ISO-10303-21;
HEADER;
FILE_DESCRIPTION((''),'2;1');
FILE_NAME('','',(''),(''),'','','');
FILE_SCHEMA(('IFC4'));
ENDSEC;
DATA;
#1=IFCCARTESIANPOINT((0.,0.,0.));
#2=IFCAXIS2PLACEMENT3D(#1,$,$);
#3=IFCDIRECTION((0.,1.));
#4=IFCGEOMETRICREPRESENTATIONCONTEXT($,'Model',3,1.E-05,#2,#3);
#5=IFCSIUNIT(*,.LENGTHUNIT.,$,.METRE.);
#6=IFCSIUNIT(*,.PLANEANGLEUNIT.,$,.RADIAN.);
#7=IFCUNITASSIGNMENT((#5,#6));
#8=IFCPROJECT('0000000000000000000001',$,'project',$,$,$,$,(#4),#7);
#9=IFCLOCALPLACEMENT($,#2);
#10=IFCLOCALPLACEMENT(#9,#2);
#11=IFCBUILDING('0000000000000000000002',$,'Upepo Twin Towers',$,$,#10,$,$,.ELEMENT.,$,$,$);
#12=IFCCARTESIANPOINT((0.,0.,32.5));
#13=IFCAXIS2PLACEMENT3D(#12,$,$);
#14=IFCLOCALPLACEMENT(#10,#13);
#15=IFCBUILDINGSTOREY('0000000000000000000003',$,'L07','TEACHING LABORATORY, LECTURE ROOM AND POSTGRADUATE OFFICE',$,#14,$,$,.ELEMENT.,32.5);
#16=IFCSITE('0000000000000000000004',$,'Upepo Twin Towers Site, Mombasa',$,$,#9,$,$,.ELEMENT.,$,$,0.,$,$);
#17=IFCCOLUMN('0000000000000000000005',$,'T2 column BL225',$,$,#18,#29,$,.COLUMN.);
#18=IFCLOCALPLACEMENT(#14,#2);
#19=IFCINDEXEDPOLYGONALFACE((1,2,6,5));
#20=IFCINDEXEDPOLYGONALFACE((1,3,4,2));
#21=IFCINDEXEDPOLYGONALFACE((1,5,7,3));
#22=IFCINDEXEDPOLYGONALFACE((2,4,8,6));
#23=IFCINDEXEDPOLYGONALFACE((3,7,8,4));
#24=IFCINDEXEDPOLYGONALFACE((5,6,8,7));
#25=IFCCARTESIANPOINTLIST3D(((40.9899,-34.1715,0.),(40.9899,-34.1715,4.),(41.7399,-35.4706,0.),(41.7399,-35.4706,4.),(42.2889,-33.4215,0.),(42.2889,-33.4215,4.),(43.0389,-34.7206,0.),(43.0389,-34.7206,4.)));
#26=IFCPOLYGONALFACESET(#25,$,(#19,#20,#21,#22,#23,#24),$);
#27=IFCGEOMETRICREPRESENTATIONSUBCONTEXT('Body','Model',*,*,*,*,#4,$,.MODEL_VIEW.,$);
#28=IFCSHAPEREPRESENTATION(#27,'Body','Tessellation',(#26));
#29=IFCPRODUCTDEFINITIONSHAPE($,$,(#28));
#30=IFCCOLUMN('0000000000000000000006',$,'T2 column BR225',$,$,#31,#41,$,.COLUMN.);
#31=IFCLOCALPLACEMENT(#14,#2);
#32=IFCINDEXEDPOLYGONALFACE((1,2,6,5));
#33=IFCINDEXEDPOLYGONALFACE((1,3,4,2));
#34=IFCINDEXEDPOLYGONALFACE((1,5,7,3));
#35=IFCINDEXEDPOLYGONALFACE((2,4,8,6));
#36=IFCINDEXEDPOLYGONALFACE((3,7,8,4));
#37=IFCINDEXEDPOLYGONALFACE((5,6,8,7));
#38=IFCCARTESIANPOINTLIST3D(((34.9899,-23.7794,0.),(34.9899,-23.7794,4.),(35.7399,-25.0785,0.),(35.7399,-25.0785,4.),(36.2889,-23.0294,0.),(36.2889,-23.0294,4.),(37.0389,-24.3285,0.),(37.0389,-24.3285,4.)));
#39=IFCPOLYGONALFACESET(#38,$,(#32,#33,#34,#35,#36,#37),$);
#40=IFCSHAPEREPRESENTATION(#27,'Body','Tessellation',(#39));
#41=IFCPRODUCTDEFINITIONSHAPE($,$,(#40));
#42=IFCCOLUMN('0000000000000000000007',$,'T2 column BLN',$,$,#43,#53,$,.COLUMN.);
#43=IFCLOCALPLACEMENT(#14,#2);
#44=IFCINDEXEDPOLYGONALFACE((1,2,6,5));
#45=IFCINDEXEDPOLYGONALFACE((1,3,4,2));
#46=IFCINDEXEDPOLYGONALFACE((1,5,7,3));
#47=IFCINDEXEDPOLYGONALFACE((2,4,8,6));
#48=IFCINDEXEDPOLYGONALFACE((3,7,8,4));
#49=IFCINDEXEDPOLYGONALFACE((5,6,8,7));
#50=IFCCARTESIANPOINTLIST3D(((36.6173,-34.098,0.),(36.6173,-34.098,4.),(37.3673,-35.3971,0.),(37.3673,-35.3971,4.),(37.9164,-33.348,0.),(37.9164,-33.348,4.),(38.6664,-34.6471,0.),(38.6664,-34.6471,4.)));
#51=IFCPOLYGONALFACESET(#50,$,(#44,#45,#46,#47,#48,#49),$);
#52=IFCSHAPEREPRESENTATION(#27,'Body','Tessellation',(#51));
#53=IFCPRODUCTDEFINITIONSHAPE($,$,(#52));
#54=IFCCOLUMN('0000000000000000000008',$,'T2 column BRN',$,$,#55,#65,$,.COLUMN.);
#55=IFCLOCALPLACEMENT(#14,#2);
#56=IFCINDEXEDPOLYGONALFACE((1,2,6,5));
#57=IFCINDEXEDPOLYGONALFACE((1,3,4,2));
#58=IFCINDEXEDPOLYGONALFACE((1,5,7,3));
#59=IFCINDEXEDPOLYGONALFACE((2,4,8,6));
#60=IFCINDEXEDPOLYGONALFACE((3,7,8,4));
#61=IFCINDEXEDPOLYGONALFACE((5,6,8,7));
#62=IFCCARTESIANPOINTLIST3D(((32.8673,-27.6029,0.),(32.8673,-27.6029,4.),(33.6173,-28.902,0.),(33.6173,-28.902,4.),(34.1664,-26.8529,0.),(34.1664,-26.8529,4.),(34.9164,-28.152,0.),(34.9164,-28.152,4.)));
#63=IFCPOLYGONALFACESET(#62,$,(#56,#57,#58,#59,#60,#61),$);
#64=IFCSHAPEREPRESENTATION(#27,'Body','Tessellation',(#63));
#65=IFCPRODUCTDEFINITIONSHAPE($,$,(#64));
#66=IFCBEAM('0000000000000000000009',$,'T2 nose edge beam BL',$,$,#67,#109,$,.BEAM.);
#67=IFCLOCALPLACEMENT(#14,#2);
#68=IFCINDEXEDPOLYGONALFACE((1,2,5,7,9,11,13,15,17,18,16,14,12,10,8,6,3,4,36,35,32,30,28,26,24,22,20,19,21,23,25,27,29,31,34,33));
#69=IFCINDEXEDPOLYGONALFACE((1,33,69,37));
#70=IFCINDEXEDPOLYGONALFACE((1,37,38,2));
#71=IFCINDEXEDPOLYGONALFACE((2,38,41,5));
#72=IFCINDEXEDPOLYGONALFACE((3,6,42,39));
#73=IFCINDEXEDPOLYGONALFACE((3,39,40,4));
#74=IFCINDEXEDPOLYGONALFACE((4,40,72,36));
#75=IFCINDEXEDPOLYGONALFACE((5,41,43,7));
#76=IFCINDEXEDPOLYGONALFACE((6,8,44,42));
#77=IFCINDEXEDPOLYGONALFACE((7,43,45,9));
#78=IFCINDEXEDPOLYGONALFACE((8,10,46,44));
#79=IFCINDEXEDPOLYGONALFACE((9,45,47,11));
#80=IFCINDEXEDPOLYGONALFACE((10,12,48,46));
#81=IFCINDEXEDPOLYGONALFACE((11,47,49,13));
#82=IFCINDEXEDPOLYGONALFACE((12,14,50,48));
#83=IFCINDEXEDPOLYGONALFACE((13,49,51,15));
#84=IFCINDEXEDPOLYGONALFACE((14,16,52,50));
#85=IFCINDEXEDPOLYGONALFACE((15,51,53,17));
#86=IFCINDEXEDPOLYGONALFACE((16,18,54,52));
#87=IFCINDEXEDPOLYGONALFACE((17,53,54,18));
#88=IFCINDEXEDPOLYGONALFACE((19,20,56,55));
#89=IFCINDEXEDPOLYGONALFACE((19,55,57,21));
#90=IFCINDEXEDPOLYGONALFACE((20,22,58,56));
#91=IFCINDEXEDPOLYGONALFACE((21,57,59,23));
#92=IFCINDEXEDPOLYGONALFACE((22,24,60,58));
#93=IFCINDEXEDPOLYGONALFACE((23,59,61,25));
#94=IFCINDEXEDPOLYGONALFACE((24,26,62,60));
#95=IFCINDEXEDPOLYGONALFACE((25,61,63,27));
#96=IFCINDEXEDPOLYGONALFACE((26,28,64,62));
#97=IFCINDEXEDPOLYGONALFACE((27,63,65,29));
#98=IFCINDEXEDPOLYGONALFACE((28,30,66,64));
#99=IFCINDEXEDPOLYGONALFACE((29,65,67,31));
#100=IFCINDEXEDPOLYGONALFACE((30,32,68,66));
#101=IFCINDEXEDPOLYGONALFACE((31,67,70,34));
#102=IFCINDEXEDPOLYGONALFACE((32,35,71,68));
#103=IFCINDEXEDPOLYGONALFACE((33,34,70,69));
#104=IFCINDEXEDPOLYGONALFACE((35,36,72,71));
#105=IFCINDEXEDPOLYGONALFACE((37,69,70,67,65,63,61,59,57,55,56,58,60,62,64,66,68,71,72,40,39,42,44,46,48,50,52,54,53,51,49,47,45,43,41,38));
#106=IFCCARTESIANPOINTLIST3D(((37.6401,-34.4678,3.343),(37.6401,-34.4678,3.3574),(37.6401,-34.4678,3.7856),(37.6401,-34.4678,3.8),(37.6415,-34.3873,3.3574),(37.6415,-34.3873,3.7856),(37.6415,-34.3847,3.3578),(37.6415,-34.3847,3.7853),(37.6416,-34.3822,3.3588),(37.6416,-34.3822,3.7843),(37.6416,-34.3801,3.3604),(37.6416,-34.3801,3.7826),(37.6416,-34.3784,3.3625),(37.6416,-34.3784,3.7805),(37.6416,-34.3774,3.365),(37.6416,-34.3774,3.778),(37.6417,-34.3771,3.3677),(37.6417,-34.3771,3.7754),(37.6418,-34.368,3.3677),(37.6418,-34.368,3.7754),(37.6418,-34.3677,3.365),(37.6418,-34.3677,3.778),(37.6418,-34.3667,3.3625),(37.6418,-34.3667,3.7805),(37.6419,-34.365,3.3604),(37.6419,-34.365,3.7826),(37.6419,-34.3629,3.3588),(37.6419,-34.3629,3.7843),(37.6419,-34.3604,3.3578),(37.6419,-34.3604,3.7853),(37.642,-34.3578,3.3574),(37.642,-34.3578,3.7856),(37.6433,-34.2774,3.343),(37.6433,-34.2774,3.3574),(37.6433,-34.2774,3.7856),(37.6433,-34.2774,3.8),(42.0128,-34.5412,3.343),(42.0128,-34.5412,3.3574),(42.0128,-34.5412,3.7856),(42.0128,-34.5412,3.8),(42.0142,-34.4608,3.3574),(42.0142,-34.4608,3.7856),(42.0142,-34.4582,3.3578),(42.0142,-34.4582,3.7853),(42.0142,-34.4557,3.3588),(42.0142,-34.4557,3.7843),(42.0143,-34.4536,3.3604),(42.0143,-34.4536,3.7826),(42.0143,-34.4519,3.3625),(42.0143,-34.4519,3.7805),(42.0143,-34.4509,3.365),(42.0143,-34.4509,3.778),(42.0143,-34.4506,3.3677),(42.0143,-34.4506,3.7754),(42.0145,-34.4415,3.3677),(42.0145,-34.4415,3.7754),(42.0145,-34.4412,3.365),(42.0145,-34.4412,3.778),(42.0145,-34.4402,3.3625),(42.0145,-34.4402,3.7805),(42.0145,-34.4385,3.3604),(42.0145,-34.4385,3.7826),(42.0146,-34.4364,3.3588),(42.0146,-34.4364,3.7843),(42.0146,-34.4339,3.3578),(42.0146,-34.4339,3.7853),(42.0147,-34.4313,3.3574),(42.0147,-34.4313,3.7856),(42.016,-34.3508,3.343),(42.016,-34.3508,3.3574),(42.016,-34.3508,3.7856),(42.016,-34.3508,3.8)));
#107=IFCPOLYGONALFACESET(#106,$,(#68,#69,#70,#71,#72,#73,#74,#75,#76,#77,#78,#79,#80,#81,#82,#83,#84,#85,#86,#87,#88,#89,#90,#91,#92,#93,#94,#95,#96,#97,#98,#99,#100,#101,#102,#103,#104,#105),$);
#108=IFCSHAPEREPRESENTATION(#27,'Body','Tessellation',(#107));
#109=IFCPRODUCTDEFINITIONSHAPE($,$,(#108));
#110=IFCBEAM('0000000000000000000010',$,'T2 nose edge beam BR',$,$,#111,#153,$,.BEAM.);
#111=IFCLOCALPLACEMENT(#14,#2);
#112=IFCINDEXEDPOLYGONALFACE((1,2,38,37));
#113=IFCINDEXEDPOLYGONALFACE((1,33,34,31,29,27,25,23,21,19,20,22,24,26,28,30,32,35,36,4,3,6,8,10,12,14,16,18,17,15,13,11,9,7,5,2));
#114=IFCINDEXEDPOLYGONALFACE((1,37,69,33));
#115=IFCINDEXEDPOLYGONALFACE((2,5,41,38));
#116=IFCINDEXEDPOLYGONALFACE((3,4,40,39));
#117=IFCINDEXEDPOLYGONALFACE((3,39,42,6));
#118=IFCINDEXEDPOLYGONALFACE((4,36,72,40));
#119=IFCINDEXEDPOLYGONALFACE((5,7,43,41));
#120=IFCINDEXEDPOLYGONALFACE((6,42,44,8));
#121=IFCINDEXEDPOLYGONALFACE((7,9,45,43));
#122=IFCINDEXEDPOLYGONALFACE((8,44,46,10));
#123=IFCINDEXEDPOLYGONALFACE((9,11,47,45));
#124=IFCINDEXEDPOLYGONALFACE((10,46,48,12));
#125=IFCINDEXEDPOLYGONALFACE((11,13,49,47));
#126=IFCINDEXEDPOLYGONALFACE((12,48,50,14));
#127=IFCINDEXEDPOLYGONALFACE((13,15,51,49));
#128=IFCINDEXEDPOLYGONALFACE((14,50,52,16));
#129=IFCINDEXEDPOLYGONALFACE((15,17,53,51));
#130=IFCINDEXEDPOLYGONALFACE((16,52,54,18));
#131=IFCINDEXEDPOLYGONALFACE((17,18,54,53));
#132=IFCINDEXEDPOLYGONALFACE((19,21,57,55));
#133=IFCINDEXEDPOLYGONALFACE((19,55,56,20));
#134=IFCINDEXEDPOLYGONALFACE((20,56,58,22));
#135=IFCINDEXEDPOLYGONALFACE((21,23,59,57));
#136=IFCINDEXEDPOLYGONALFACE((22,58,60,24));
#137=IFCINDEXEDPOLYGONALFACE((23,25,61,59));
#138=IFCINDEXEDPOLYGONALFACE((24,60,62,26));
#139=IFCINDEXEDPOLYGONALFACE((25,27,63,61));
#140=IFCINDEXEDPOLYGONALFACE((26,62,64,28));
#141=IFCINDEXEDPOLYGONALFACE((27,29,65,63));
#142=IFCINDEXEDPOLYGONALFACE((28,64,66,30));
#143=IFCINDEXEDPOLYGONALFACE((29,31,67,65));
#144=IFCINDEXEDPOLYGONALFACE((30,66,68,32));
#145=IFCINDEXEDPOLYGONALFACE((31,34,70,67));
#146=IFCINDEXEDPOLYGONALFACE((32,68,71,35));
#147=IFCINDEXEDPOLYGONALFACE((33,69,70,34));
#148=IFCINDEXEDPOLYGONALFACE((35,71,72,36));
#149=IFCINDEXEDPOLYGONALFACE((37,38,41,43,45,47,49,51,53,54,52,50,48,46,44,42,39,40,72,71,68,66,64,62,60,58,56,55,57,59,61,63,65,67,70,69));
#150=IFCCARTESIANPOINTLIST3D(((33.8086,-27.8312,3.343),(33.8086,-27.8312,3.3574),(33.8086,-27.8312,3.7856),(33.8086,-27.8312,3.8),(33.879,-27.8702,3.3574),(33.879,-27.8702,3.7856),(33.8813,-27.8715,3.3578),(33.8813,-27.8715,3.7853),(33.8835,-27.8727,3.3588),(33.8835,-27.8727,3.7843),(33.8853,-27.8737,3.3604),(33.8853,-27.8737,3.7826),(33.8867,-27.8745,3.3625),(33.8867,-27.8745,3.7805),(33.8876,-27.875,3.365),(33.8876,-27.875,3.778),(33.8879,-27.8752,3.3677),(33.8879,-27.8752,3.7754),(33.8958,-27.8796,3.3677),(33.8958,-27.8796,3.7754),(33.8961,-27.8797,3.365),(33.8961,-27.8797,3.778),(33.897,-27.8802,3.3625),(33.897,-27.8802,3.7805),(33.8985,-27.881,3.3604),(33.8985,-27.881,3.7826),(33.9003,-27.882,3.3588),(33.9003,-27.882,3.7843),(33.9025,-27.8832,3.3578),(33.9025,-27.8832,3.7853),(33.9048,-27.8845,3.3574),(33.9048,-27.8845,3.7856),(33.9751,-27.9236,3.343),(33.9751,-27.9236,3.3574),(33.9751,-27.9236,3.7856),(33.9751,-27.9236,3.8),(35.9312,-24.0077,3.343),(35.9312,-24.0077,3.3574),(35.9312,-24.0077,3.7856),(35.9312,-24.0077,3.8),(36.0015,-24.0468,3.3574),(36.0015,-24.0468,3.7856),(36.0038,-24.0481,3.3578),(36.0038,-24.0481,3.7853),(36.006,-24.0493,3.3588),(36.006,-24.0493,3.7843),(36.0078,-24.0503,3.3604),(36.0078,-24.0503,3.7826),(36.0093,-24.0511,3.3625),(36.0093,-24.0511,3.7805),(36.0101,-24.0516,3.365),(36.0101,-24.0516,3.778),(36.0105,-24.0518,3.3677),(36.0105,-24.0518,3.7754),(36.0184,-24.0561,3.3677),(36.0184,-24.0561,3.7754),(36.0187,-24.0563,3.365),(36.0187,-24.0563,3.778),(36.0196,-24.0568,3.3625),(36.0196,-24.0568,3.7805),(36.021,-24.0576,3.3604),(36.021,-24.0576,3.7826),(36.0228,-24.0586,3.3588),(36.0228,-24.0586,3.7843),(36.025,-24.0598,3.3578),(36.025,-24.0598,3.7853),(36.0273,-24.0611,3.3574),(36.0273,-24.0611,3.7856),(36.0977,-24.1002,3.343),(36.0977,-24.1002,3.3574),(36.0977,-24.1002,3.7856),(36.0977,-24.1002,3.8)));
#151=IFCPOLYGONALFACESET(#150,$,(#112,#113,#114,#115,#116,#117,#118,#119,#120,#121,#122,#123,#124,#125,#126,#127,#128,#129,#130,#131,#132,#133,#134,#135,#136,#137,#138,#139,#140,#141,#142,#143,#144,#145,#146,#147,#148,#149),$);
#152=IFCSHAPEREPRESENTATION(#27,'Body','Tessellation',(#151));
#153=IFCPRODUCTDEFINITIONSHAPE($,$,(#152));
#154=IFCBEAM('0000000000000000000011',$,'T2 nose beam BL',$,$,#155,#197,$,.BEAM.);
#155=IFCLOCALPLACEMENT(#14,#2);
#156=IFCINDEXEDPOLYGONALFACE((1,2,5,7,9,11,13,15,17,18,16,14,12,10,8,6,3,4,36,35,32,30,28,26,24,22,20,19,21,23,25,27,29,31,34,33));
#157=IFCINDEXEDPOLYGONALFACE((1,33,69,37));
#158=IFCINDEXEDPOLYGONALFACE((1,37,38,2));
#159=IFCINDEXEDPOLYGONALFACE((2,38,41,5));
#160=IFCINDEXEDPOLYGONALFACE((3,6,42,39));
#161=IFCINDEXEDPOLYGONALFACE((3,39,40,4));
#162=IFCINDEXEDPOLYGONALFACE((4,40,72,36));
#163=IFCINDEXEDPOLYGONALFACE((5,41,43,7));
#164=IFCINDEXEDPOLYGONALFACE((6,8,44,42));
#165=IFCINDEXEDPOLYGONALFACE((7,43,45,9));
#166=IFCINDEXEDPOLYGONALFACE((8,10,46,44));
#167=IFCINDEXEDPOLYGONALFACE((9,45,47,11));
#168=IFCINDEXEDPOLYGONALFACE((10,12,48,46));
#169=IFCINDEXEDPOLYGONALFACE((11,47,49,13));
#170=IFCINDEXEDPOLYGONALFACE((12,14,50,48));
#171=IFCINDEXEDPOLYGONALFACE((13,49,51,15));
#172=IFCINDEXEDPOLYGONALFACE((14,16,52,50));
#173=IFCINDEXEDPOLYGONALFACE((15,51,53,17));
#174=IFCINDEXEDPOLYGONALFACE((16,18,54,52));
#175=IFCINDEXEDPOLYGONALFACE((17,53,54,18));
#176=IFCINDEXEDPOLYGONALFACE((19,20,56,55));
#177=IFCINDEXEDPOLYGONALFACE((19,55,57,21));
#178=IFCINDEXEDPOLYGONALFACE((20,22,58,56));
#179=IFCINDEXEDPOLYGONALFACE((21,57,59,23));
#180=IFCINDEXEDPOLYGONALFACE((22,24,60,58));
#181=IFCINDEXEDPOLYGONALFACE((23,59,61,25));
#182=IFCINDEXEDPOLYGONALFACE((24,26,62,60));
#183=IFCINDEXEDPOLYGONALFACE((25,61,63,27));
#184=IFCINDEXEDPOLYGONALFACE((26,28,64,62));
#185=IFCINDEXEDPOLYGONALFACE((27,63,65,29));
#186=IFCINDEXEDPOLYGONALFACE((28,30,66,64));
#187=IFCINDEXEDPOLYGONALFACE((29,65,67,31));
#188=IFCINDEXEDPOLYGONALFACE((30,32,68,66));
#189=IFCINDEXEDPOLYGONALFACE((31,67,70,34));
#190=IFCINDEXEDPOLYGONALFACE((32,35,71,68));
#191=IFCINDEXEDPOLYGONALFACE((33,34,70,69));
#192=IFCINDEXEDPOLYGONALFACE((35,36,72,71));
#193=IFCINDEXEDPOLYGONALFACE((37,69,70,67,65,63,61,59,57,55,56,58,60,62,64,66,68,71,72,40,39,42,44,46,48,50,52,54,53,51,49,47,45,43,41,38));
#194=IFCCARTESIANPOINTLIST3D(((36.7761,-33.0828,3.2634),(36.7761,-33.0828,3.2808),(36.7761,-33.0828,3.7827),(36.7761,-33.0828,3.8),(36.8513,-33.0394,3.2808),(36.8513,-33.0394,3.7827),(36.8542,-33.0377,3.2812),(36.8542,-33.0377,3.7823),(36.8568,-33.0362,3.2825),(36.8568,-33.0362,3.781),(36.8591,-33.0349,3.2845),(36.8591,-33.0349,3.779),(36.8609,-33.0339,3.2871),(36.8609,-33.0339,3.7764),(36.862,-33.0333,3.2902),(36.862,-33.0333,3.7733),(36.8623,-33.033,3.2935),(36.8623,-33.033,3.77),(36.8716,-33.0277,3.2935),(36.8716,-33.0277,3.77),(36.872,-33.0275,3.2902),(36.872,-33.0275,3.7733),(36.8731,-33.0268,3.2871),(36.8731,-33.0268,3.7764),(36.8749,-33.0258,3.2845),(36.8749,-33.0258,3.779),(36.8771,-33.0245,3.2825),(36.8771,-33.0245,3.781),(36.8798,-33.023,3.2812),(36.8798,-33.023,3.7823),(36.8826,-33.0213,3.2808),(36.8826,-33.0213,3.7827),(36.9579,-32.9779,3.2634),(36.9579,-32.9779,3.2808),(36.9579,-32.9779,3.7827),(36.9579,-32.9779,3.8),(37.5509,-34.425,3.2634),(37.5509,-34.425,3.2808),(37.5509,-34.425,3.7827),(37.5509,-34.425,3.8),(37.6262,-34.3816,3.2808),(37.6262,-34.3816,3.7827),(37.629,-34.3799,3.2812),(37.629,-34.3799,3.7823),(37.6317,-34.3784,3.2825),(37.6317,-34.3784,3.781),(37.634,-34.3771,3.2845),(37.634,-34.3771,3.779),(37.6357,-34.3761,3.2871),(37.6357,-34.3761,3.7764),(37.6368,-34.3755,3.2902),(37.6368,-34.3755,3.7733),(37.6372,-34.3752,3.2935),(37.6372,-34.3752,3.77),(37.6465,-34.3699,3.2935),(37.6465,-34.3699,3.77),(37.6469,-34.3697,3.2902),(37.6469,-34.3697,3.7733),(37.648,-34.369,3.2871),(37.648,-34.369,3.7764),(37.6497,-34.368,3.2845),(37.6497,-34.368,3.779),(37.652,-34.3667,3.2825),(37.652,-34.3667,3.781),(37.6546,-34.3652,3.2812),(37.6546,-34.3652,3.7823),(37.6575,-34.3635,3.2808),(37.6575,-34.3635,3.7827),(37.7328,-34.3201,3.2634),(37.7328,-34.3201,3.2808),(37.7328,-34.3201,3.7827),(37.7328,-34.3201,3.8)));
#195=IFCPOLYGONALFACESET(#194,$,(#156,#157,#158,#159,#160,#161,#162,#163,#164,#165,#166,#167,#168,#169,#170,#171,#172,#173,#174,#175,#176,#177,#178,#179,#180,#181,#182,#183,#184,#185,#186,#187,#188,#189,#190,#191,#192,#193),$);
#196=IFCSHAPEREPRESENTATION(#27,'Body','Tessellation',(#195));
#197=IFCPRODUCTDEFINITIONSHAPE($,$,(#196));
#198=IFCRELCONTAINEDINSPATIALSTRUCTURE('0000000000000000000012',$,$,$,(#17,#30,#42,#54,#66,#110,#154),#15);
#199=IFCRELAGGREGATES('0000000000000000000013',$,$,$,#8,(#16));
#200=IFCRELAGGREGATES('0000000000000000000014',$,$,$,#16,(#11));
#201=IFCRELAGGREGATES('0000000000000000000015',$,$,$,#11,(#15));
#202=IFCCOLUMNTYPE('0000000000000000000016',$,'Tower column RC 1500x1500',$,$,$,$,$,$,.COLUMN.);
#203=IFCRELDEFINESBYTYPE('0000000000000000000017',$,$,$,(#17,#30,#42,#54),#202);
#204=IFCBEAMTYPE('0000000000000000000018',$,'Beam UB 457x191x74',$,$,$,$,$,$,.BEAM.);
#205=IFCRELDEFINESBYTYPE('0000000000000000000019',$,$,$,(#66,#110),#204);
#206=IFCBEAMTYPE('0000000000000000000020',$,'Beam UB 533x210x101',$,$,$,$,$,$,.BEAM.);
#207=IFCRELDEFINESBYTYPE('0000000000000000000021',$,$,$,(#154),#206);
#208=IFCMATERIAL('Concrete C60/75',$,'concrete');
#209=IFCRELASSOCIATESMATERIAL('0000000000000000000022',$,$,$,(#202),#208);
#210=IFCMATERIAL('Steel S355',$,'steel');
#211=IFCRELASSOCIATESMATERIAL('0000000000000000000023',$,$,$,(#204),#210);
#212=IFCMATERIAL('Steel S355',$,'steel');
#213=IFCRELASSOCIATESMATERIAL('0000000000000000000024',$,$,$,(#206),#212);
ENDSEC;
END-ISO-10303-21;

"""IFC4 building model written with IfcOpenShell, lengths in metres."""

from ifc_helpers import new_model, si_unit, direction, frame, origin, origin_2d, place, context, subcontext, project, spatial, rectangle, i_section, extrude, material, material_profile, profile_set, type_object, element, save


model = new_model("IFC4")

# Units and contexts
model_context = context("Model", 3, precision=1e-05, world=origin(), true_north=direction((0.0, 1.0)))
body_context = subcontext(model_context, "Body", "Model", "MODEL_VIEW")
ifc_project = project(units=[si_unit("LENGTHUNIT", "METRE"), si_unit("PLANEANGLEUNIT", "RADIAN")], contexts=[model_context])

# Site, building, storey
site_placement = place(None, origin())
site = spatial("IfcSite", under=ifc_project, at=site_placement, Name="Upepo Twin Towers Site, Mombasa", CompositionType="ELEMENT", RefElevation=0.0)
building_placement = place(site_placement, origin())
building = spatial("IfcBuilding", under=site, at=building_placement, Name="Upepo Twin Towers", CompositionType="ELEMENT")
storey_placement = place(building_placement, frame((0.0, 0.0, 32.5)))
storey = spatial("IfcBuildingStorey", under=building, at=storey_placement, Name="L07", Description="TEACHING LABORATORY, LECTURE ROOM AND POSTGRADUATE OFFICE", CompositionType="ELEMENT", Elevation=32.5)

# Columns
ifc_material_1 = material(Name="Concrete C60/75", Category="concrete")
ifc_material_profile_1 = material_profile(ifc_material_1, rectangle(XDim=1.5, YDim=1.5, at=origin_2d()), Name="RC 1500x1500")
ifc_profile_set_1 = profile_set([ifc_material_profile_1], Name="Concrete C60/75")
column_type = type_object("IfcColumnType", Name="Tower column RC 1500x1500", PredefinedType="COLUMN", material=ifc_profile_set_1)
for number, where, z_axis, x_axis, name in (
    (1, (42.0144, -34.446, 0.0), (0.0, 0.0, 1.0), (0.866025, 0.5, 0.0), "T2 column BL225"),
    (2, (36.0144, -24.054, 0.0), (0.0, 0.0, 1.0), (0.866025, 0.5, 0.0), "T2 column BR225"),
    (3, (37.6418, -34.3726, 0.0), (0.0, 0.0, 1.0), (0.866025, 0.5, 0.0), "T2 column BLN"),
    (4, (33.8918, -27.8774, 0.0), (0.0, 0.0, 1.0), (0.866025, 0.5, 0.0), "T2 column BRN"),
):
    element("IfcColumn", number, at=place(storey_placement, frame(where, z_axis=z_axis, x_axis=x_axis)), inside=storey, type_object=column_type, Name=name, PredefinedType="COLUMN", context=body_context, shape_type="SweptSolid", body=[
        extrude(rectangle(XDim=1.5, YDim=1.5, at=origin_2d()), origin(), (0.0, 0.0, 1.0), 4.0),
    ])

# Beams
ifc_material_2 = material(Name="Steel S355", Category="steel")
ifc_material_profile_2 = material_profile(ifc_material_2, i_section(OverallWidth=0.1904, OverallDepth=0.457, WebThickness=0.009, FlangeThickness=0.0144, FilletRadius=0.0103, at=origin_2d()), Name="UB 457x191x74")
ifc_profile_set_2 = profile_set([ifc_material_profile_2], Name="Steel S355")
beam_type_1 = type_object("IfcBeamType", Name="Beam UB 457x191x74", PredefinedType="BEAM", material=ifc_profile_set_2)
beam_1_placement = place(storey_placement, frame((42.0144, -34.446, 3.5715), z_axis=(-0.999859, 0.016804, 0.0), x_axis=(-0.016804, -0.999859, 0.0)))
element("IfcBeam", 5, at=beam_1_placement, inside=storey, type_object=beam_type_1, Name="T2 nose edge beam BL", PredefinedType="BEAM", context=body_context, shape_type="SweptSolid", body=[
    extrude(i_section(OverallWidth=0.1904, OverallDepth=0.457, WebThickness=0.009, FlangeThickness=0.0144, FilletRadius=0.0103, at=origin_2d()), origin(), (0.0, 0.0, 1.0), 4.3733),
])
beam_2_placement = place(storey_placement, frame((36.0144, -24.054, 3.5715), z_axis=(-0.485363, -0.874313, 0.0), x_axis=(0.874313, -0.485363, 0.0)))
element("IfcBeam", 6, at=beam_2_placement, inside=storey, type_object=beam_type_1, Name="T2 nose edge beam BR", PredefinedType="BEAM", context=body_context, shape_type="SweptSolid", body=[
    extrude(i_section(OverallWidth=0.1904, OverallDepth=0.457, WebThickness=0.009, FlangeThickness=0.0144, FilletRadius=0.0103, at=origin_2d()), origin(), (0.0, 0.0, 1.0), 4.373),
])
ifc_material_3 = material(Name="Steel S355", Category="steel")
ifc_material_profile_3 = material_profile(ifc_material_3, i_section(OverallWidth=0.21, OverallDepth=0.5366, WebThickness=0.0107, FlangeThickness=0.0173, FilletRadius=0.0127, at=origin_2d()), Name="UB 533x210x101")
ifc_profile_set_3 = profile_set([ifc_material_profile_3], Name="Steel S355")
beam_type_2 = type_object("IfcBeamType", Name="Beam UB 533x210x101", PredefinedType="BEAM", material=ifc_profile_set_3)
for number, where, z_axis, x_axis, name in (
    (7, (37.6418, -34.3726, 3.5317), (-0.499968, 0.866044, 0.0), (-0.866044, -0.499968, 0.0), "T2 nose beam BL"),
):
    element("IfcBeam", number, at=place(storey_placement, frame(where, z_axis=z_axis, x_axis=x_axis)), inside=storey, type_object=beam_type_2, Name=name, PredefinedType="BEAM", context=body_context, shape_type="SweptSolid", body=[
        extrude(i_section(OverallWidth=0.21, OverallDepth=0.5366, WebThickness=0.0107, FlangeThickness=0.0173, FilletRadius=0.0127, at=origin_2d()), origin(), (0.0, 0.0, 1.0), 1.5498),
    ])

save(model, "model.ifc")
